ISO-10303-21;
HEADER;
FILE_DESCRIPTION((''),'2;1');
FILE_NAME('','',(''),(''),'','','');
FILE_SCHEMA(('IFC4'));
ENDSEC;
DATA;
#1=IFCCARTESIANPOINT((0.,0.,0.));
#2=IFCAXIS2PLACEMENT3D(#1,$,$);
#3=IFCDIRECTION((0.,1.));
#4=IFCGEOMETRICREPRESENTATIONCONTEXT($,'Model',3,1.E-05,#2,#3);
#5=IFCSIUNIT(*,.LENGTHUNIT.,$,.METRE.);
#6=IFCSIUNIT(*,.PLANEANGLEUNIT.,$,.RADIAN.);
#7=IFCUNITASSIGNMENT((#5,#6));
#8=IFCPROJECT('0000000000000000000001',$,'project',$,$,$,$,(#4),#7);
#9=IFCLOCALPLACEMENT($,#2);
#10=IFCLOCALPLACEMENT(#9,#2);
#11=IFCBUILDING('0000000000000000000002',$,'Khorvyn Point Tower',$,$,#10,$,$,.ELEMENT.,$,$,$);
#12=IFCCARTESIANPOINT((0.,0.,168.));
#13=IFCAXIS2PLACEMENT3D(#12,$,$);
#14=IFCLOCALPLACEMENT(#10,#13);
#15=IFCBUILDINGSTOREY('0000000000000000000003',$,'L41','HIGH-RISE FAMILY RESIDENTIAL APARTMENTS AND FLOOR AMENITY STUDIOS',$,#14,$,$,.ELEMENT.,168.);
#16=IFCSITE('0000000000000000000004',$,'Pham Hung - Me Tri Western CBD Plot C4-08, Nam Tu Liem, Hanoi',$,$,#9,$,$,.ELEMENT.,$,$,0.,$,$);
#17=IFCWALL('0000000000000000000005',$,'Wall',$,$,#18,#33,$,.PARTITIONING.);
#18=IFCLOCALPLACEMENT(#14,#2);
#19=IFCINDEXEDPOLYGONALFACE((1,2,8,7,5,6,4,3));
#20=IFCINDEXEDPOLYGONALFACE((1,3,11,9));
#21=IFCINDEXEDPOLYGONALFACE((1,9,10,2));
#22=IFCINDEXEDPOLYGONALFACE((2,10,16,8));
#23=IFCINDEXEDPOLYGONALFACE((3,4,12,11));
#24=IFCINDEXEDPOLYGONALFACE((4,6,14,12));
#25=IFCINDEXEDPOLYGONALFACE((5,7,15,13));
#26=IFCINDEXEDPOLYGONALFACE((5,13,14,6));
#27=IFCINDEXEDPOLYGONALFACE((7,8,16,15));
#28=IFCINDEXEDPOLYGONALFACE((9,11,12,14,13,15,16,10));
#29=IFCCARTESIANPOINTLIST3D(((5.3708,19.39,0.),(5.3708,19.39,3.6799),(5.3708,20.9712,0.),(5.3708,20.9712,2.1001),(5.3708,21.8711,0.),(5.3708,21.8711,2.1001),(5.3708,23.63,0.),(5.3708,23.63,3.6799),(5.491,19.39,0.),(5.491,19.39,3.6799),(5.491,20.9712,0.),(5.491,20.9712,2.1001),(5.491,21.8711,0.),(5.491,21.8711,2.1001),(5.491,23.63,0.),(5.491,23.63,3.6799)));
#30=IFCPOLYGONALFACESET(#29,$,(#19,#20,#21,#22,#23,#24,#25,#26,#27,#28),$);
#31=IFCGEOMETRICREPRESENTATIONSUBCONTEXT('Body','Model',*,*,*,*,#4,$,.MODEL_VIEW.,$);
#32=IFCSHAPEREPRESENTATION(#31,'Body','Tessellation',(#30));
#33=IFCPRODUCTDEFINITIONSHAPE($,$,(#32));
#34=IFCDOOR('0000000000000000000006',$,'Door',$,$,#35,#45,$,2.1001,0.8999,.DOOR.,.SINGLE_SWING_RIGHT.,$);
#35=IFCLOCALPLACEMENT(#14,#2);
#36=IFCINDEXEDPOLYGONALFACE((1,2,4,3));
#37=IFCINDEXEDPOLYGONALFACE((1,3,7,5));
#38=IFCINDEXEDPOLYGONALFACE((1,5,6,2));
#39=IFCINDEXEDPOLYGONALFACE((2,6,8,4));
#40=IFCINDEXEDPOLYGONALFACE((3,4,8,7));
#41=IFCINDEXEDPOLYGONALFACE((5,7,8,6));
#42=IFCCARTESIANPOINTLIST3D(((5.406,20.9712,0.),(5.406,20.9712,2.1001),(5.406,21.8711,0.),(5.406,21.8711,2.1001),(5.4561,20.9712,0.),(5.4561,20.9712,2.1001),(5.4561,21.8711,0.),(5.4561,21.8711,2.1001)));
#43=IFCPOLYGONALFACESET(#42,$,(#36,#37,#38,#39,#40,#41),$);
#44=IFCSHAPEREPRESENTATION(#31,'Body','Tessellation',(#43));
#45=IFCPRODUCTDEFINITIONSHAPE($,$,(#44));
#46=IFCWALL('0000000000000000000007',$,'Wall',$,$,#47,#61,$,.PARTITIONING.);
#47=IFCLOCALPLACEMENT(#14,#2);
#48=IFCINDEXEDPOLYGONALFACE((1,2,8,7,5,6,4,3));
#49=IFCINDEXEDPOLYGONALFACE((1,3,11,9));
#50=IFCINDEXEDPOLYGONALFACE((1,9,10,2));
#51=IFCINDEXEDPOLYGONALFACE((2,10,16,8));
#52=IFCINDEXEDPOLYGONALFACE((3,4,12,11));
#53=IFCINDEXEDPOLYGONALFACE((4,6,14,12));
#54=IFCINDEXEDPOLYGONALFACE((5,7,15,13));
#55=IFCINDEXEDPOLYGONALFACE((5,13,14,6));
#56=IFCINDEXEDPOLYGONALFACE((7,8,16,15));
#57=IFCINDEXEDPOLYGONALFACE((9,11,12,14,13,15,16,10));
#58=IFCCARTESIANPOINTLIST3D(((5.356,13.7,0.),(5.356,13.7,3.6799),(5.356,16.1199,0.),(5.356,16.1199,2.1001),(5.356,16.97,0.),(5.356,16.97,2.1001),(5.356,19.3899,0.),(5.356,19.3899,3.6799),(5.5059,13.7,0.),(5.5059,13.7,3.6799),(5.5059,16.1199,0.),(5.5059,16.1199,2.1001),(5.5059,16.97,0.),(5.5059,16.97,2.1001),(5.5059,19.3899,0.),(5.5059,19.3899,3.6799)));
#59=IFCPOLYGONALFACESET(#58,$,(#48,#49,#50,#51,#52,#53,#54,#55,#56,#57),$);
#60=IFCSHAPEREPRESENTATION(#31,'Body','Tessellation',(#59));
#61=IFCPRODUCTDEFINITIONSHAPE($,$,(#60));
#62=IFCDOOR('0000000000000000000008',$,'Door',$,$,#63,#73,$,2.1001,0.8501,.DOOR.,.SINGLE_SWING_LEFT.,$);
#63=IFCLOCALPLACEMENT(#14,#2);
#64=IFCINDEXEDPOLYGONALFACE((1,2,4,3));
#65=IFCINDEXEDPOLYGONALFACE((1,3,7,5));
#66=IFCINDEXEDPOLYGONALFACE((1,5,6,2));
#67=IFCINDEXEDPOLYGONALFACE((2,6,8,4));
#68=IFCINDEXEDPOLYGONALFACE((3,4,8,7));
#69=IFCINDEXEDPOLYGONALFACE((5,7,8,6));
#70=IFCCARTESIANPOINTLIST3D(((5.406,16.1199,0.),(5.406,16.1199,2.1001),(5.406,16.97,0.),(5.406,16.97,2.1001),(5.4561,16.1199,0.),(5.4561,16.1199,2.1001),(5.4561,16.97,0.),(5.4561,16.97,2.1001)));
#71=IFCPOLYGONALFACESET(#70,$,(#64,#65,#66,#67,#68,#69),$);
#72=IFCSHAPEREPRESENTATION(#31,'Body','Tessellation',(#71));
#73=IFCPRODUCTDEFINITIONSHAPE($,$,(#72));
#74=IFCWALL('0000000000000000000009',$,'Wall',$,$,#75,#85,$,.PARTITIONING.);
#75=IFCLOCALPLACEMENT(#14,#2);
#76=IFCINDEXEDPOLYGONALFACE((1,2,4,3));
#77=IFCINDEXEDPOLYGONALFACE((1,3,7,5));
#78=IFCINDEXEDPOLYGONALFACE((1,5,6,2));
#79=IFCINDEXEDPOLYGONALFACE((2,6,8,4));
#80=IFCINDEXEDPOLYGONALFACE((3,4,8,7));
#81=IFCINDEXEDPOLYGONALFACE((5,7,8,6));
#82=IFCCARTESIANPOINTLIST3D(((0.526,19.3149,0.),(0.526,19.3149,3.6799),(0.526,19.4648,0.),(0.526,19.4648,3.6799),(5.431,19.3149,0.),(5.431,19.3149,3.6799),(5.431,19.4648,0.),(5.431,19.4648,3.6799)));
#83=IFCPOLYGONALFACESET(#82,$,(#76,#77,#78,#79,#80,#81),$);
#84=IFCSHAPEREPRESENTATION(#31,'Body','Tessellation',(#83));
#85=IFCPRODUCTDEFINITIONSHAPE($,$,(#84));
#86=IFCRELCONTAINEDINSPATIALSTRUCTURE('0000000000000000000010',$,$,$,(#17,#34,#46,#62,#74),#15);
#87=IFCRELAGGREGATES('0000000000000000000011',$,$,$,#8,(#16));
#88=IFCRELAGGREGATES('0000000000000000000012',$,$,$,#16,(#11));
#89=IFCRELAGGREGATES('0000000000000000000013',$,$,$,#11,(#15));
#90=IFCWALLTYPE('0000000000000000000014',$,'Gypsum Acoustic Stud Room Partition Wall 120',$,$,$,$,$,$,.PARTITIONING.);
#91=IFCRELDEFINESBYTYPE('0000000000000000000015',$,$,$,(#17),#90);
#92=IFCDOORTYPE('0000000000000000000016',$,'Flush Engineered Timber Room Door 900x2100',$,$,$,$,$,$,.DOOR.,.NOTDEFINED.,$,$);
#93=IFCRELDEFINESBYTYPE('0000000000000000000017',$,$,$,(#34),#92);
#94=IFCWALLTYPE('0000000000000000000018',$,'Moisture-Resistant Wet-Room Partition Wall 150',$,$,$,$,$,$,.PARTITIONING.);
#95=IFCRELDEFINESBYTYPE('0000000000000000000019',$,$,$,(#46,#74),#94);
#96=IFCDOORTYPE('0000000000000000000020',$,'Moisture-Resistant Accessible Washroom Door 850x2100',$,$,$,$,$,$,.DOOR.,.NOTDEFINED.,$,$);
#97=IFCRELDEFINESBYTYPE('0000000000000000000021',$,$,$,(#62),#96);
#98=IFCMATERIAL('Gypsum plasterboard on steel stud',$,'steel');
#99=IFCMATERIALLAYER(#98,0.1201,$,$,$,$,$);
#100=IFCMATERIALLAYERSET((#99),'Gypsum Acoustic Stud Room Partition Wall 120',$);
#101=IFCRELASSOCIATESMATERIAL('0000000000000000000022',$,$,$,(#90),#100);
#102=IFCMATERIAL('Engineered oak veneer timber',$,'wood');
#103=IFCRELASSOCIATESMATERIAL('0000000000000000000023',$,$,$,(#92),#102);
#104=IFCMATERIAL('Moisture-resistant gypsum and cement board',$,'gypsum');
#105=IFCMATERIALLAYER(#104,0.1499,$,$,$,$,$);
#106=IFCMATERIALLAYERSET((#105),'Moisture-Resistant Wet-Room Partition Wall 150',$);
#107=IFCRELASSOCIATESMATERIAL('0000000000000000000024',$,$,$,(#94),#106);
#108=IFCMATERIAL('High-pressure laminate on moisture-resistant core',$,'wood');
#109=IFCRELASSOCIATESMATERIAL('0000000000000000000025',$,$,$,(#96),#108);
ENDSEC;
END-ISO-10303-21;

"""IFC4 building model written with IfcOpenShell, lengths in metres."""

from ifc_helpers import new_model, si_unit, direction, frame, frame_2d, origin, place, context, subcontext, project, spatial, rectangle, extrude, material, layer, layer_set, type_object, element, fill, save


model = new_model("IFC4")

# Units and contexts
model_context = context("Model", 3, precision=1e-05, world=origin(), true_north=direction((0.0, 1.0)))
body_context = subcontext(model_context, "Body", "Model", "MODEL_VIEW")
ifc_project = project(units=[si_unit("LENGTHUNIT", "METRE"), si_unit("PLANEANGLEUNIT", "RADIAN")], contexts=[model_context])

# Site, building, storey
site_placement = place(None, origin())
site = spatial("IfcSite", under=ifc_project, at=site_placement, Name="Pham Hung - Me Tri Western CBD Plot C4-08, Nam Tu Liem, Hanoi", CompositionType="ELEMENT", RefElevation=0.0)
building_placement = place(site_placement, origin())
building = spatial("IfcBuilding", under=site, at=building_placement, Name="Khorvyn Point Tower", CompositionType="ELEMENT")
storey_placement = place(building_placement, frame((0.0, 0.0, 168.0)))
storey = spatial("IfcBuildingStorey", under=building, at=storey_placement, Name="L41", Description="HIGH-RISE FAMILY RESIDENTIAL APARTMENTS AND FLOOR AMENITY STUDIOS", CompositionType="ELEMENT", Elevation=168.0)

# Walls, openings, doors
ifc_material_1 = material(Name="Gypsum plasterboard on steel stud", Category="steel")
ifc_layer_1 = layer(ifc_material_1, 0.1201)
ifc_layer_set_1 = layer_set([ifc_layer_1], Name="Gypsum Acoustic Stud Room Partition Wall 120")
wall_type_1 = type_object("IfcWallType", Name="Gypsum Acoustic Stud Room Partition Wall 120", PredefinedType="PARTITIONING", material=ifc_layer_set_1)
wall_1_placement = place(storey_placement, frame((5.4309, 19.3899, 0.0), z_axis=(0.0, 0.0, 1.0), x_axis=(0.0, 1.0, 0.0)))
wall_1 = element("IfcWall", 1, at=wall_1_placement, inside=storey, type_object=wall_type_1, Name="Wall", PredefinedType="PARTITIONING", context=body_context, shape_type="SweptSolid", body=[
    extrude(rectangle(XDim=4.24, YDim=0.1201, at=frame_2d((2.1201, 0.0))), origin(), (0.0, 0.0, 1.0), 3.6799),
])
opening_1_placement = place(wall_1_placement, frame((1.5813, 0.0, 0.0)))
opening_1 = element("IfcOpeningElement", 2, at=opening_1_placement, cuts=wall_1, PredefinedType="OPENING", context=body_context, shape_type="SweptSolid", body=[
    extrude(rectangle(XDim=0.8999, YDim=2.1001, at=frame_2d((0.45, 1.05))), frame((0.0, 0.0701, 0.0), z_axis=(0.0, -1.0, 0.0), x_axis=(1.0, 0.0, 0.0)), (0.0, 0.0, 1.0), 0.1401),
])
ifc_material_2 = material(Name="Engineered oak veneer timber", Category="wood")
door_type_1 = type_object("IfcDoorType", Name="Flush Engineered Timber Room Door 900x2100", OperationType="NOTDEFINED", PredefinedType="DOOR", material=ifc_material_2)
door_1_placement = place(opening_1_placement, origin())
door_1 = element("IfcDoor", 3, at=door_1_placement, inside=storey, type_object=door_type_1, Name="Door", OperationType="SINGLE_SWING_RIGHT", OverallHeight=2.1001, OverallWidth=0.8999, PredefinedType="DOOR", context=body_context, shape_type="SweptSolid", body=[
    extrude(rectangle(XDim=0.8999, YDim=2.1001, at=frame_2d((0.45, 1.05))), frame((0.0, 0.0249, 0.0), z_axis=(0.0, -1.0, 0.0), x_axis=(1.0, 0.0, 0.0)), (0.0, 0.0, 1.0), 0.05),
])
fill(opening_1, door_1)
ifc_material_3 = material(Name="Moisture-resistant gypsum and cement board", Category="gypsum")
ifc_layer_2 = layer(ifc_material_3, 0.1499)
ifc_layer_set_2 = layer_set([ifc_layer_2], Name="Moisture-Resistant Wet-Room Partition Wall 150")
wall_type_2 = type_object("IfcWallType", Name="Moisture-Resistant Wet-Room Partition Wall 150", PredefinedType="PARTITIONING", material=ifc_layer_set_2)
wall_2_placement = place(storey_placement, frame((5.4309, 13.7, 0.0), z_axis=(0.0, 0.0, 1.0), x_axis=(0.0, 1.0, 0.0)))
wall_2 = element("IfcWall", 4, at=wall_2_placement, inside=storey, type_object=wall_type_2, Name="Wall", PredefinedType="PARTITIONING", context=body_context, shape_type="SweptSolid", body=[
    extrude(rectangle(XDim=5.6899, YDim=0.1499, at=frame_2d((2.845, 0.0))), origin(), (0.0, 0.0, 1.0), 3.6799),
])
opening_2_placement = place(wall_2_placement, frame((2.4199, 0.0, 0.0)))
opening_2 = element("IfcOpeningElement", 5, at=opening_2_placement, cuts=wall_2, PredefinedType="OPENING", context=body_context, shape_type="SweptSolid", body=[
    extrude(rectangle(XDim=0.8501, YDim=2.1001, at=frame_2d((0.425, 1.05))), frame((0.0, 0.085, 0.0), z_axis=(0.0, -1.0, 0.0), x_axis=(1.0, 0.0, 0.0)), (0.0, 0.0, 1.0), 0.1699),
])
ifc_material_4 = material(Name="High-pressure laminate on moisture-resistant core", Category="wood")
door_type_2 = type_object("IfcDoorType", Name="Moisture-Resistant Accessible Washroom Door 850x2100", OperationType="NOTDEFINED", PredefinedType="DOOR", material=ifc_material_4)
door_2_placement = place(opening_2_placement, origin())
door_2 = element("IfcDoor", 6, at=door_2_placement, inside=storey, type_object=door_type_2, Name="Door", OperationType="SINGLE_SWING_LEFT", OverallHeight=2.1001, OverallWidth=0.8501, PredefinedType="DOOR", context=body_context, shape_type="SweptSolid", body=[
    extrude(rectangle(XDim=0.8501, YDim=2.1001, at=frame_2d((0.425, 1.05))), frame((0.0, 0.0249, 0.0), z_axis=(0.0, -1.0, 0.0), x_axis=(1.0, 0.0, 0.0)), (0.0, 0.0, 1.0), 0.05),
])
fill(opening_2, door_2)

# Wall
wall_3_placement = place(storey_placement, frame((0.5259, 19.3899, 0.0), z_axis=(0.0, 0.0, 1.0), x_axis=(1.0, 0.0, 0.0)))
element("IfcWall", 7, at=wall_3_placement, inside=storey, type_object=wall_type_2, Name="Wall", PredefinedType="PARTITIONING", context=body_context, shape_type="SweptSolid", body=[
    extrude(rectangle(XDim=4.905, YDim=0.1499, at=frame_2d((2.4526, 0.0))), origin(), (0.0, 0.0, 1.0), 3.6799),
])

save(model, "model.ifc")
